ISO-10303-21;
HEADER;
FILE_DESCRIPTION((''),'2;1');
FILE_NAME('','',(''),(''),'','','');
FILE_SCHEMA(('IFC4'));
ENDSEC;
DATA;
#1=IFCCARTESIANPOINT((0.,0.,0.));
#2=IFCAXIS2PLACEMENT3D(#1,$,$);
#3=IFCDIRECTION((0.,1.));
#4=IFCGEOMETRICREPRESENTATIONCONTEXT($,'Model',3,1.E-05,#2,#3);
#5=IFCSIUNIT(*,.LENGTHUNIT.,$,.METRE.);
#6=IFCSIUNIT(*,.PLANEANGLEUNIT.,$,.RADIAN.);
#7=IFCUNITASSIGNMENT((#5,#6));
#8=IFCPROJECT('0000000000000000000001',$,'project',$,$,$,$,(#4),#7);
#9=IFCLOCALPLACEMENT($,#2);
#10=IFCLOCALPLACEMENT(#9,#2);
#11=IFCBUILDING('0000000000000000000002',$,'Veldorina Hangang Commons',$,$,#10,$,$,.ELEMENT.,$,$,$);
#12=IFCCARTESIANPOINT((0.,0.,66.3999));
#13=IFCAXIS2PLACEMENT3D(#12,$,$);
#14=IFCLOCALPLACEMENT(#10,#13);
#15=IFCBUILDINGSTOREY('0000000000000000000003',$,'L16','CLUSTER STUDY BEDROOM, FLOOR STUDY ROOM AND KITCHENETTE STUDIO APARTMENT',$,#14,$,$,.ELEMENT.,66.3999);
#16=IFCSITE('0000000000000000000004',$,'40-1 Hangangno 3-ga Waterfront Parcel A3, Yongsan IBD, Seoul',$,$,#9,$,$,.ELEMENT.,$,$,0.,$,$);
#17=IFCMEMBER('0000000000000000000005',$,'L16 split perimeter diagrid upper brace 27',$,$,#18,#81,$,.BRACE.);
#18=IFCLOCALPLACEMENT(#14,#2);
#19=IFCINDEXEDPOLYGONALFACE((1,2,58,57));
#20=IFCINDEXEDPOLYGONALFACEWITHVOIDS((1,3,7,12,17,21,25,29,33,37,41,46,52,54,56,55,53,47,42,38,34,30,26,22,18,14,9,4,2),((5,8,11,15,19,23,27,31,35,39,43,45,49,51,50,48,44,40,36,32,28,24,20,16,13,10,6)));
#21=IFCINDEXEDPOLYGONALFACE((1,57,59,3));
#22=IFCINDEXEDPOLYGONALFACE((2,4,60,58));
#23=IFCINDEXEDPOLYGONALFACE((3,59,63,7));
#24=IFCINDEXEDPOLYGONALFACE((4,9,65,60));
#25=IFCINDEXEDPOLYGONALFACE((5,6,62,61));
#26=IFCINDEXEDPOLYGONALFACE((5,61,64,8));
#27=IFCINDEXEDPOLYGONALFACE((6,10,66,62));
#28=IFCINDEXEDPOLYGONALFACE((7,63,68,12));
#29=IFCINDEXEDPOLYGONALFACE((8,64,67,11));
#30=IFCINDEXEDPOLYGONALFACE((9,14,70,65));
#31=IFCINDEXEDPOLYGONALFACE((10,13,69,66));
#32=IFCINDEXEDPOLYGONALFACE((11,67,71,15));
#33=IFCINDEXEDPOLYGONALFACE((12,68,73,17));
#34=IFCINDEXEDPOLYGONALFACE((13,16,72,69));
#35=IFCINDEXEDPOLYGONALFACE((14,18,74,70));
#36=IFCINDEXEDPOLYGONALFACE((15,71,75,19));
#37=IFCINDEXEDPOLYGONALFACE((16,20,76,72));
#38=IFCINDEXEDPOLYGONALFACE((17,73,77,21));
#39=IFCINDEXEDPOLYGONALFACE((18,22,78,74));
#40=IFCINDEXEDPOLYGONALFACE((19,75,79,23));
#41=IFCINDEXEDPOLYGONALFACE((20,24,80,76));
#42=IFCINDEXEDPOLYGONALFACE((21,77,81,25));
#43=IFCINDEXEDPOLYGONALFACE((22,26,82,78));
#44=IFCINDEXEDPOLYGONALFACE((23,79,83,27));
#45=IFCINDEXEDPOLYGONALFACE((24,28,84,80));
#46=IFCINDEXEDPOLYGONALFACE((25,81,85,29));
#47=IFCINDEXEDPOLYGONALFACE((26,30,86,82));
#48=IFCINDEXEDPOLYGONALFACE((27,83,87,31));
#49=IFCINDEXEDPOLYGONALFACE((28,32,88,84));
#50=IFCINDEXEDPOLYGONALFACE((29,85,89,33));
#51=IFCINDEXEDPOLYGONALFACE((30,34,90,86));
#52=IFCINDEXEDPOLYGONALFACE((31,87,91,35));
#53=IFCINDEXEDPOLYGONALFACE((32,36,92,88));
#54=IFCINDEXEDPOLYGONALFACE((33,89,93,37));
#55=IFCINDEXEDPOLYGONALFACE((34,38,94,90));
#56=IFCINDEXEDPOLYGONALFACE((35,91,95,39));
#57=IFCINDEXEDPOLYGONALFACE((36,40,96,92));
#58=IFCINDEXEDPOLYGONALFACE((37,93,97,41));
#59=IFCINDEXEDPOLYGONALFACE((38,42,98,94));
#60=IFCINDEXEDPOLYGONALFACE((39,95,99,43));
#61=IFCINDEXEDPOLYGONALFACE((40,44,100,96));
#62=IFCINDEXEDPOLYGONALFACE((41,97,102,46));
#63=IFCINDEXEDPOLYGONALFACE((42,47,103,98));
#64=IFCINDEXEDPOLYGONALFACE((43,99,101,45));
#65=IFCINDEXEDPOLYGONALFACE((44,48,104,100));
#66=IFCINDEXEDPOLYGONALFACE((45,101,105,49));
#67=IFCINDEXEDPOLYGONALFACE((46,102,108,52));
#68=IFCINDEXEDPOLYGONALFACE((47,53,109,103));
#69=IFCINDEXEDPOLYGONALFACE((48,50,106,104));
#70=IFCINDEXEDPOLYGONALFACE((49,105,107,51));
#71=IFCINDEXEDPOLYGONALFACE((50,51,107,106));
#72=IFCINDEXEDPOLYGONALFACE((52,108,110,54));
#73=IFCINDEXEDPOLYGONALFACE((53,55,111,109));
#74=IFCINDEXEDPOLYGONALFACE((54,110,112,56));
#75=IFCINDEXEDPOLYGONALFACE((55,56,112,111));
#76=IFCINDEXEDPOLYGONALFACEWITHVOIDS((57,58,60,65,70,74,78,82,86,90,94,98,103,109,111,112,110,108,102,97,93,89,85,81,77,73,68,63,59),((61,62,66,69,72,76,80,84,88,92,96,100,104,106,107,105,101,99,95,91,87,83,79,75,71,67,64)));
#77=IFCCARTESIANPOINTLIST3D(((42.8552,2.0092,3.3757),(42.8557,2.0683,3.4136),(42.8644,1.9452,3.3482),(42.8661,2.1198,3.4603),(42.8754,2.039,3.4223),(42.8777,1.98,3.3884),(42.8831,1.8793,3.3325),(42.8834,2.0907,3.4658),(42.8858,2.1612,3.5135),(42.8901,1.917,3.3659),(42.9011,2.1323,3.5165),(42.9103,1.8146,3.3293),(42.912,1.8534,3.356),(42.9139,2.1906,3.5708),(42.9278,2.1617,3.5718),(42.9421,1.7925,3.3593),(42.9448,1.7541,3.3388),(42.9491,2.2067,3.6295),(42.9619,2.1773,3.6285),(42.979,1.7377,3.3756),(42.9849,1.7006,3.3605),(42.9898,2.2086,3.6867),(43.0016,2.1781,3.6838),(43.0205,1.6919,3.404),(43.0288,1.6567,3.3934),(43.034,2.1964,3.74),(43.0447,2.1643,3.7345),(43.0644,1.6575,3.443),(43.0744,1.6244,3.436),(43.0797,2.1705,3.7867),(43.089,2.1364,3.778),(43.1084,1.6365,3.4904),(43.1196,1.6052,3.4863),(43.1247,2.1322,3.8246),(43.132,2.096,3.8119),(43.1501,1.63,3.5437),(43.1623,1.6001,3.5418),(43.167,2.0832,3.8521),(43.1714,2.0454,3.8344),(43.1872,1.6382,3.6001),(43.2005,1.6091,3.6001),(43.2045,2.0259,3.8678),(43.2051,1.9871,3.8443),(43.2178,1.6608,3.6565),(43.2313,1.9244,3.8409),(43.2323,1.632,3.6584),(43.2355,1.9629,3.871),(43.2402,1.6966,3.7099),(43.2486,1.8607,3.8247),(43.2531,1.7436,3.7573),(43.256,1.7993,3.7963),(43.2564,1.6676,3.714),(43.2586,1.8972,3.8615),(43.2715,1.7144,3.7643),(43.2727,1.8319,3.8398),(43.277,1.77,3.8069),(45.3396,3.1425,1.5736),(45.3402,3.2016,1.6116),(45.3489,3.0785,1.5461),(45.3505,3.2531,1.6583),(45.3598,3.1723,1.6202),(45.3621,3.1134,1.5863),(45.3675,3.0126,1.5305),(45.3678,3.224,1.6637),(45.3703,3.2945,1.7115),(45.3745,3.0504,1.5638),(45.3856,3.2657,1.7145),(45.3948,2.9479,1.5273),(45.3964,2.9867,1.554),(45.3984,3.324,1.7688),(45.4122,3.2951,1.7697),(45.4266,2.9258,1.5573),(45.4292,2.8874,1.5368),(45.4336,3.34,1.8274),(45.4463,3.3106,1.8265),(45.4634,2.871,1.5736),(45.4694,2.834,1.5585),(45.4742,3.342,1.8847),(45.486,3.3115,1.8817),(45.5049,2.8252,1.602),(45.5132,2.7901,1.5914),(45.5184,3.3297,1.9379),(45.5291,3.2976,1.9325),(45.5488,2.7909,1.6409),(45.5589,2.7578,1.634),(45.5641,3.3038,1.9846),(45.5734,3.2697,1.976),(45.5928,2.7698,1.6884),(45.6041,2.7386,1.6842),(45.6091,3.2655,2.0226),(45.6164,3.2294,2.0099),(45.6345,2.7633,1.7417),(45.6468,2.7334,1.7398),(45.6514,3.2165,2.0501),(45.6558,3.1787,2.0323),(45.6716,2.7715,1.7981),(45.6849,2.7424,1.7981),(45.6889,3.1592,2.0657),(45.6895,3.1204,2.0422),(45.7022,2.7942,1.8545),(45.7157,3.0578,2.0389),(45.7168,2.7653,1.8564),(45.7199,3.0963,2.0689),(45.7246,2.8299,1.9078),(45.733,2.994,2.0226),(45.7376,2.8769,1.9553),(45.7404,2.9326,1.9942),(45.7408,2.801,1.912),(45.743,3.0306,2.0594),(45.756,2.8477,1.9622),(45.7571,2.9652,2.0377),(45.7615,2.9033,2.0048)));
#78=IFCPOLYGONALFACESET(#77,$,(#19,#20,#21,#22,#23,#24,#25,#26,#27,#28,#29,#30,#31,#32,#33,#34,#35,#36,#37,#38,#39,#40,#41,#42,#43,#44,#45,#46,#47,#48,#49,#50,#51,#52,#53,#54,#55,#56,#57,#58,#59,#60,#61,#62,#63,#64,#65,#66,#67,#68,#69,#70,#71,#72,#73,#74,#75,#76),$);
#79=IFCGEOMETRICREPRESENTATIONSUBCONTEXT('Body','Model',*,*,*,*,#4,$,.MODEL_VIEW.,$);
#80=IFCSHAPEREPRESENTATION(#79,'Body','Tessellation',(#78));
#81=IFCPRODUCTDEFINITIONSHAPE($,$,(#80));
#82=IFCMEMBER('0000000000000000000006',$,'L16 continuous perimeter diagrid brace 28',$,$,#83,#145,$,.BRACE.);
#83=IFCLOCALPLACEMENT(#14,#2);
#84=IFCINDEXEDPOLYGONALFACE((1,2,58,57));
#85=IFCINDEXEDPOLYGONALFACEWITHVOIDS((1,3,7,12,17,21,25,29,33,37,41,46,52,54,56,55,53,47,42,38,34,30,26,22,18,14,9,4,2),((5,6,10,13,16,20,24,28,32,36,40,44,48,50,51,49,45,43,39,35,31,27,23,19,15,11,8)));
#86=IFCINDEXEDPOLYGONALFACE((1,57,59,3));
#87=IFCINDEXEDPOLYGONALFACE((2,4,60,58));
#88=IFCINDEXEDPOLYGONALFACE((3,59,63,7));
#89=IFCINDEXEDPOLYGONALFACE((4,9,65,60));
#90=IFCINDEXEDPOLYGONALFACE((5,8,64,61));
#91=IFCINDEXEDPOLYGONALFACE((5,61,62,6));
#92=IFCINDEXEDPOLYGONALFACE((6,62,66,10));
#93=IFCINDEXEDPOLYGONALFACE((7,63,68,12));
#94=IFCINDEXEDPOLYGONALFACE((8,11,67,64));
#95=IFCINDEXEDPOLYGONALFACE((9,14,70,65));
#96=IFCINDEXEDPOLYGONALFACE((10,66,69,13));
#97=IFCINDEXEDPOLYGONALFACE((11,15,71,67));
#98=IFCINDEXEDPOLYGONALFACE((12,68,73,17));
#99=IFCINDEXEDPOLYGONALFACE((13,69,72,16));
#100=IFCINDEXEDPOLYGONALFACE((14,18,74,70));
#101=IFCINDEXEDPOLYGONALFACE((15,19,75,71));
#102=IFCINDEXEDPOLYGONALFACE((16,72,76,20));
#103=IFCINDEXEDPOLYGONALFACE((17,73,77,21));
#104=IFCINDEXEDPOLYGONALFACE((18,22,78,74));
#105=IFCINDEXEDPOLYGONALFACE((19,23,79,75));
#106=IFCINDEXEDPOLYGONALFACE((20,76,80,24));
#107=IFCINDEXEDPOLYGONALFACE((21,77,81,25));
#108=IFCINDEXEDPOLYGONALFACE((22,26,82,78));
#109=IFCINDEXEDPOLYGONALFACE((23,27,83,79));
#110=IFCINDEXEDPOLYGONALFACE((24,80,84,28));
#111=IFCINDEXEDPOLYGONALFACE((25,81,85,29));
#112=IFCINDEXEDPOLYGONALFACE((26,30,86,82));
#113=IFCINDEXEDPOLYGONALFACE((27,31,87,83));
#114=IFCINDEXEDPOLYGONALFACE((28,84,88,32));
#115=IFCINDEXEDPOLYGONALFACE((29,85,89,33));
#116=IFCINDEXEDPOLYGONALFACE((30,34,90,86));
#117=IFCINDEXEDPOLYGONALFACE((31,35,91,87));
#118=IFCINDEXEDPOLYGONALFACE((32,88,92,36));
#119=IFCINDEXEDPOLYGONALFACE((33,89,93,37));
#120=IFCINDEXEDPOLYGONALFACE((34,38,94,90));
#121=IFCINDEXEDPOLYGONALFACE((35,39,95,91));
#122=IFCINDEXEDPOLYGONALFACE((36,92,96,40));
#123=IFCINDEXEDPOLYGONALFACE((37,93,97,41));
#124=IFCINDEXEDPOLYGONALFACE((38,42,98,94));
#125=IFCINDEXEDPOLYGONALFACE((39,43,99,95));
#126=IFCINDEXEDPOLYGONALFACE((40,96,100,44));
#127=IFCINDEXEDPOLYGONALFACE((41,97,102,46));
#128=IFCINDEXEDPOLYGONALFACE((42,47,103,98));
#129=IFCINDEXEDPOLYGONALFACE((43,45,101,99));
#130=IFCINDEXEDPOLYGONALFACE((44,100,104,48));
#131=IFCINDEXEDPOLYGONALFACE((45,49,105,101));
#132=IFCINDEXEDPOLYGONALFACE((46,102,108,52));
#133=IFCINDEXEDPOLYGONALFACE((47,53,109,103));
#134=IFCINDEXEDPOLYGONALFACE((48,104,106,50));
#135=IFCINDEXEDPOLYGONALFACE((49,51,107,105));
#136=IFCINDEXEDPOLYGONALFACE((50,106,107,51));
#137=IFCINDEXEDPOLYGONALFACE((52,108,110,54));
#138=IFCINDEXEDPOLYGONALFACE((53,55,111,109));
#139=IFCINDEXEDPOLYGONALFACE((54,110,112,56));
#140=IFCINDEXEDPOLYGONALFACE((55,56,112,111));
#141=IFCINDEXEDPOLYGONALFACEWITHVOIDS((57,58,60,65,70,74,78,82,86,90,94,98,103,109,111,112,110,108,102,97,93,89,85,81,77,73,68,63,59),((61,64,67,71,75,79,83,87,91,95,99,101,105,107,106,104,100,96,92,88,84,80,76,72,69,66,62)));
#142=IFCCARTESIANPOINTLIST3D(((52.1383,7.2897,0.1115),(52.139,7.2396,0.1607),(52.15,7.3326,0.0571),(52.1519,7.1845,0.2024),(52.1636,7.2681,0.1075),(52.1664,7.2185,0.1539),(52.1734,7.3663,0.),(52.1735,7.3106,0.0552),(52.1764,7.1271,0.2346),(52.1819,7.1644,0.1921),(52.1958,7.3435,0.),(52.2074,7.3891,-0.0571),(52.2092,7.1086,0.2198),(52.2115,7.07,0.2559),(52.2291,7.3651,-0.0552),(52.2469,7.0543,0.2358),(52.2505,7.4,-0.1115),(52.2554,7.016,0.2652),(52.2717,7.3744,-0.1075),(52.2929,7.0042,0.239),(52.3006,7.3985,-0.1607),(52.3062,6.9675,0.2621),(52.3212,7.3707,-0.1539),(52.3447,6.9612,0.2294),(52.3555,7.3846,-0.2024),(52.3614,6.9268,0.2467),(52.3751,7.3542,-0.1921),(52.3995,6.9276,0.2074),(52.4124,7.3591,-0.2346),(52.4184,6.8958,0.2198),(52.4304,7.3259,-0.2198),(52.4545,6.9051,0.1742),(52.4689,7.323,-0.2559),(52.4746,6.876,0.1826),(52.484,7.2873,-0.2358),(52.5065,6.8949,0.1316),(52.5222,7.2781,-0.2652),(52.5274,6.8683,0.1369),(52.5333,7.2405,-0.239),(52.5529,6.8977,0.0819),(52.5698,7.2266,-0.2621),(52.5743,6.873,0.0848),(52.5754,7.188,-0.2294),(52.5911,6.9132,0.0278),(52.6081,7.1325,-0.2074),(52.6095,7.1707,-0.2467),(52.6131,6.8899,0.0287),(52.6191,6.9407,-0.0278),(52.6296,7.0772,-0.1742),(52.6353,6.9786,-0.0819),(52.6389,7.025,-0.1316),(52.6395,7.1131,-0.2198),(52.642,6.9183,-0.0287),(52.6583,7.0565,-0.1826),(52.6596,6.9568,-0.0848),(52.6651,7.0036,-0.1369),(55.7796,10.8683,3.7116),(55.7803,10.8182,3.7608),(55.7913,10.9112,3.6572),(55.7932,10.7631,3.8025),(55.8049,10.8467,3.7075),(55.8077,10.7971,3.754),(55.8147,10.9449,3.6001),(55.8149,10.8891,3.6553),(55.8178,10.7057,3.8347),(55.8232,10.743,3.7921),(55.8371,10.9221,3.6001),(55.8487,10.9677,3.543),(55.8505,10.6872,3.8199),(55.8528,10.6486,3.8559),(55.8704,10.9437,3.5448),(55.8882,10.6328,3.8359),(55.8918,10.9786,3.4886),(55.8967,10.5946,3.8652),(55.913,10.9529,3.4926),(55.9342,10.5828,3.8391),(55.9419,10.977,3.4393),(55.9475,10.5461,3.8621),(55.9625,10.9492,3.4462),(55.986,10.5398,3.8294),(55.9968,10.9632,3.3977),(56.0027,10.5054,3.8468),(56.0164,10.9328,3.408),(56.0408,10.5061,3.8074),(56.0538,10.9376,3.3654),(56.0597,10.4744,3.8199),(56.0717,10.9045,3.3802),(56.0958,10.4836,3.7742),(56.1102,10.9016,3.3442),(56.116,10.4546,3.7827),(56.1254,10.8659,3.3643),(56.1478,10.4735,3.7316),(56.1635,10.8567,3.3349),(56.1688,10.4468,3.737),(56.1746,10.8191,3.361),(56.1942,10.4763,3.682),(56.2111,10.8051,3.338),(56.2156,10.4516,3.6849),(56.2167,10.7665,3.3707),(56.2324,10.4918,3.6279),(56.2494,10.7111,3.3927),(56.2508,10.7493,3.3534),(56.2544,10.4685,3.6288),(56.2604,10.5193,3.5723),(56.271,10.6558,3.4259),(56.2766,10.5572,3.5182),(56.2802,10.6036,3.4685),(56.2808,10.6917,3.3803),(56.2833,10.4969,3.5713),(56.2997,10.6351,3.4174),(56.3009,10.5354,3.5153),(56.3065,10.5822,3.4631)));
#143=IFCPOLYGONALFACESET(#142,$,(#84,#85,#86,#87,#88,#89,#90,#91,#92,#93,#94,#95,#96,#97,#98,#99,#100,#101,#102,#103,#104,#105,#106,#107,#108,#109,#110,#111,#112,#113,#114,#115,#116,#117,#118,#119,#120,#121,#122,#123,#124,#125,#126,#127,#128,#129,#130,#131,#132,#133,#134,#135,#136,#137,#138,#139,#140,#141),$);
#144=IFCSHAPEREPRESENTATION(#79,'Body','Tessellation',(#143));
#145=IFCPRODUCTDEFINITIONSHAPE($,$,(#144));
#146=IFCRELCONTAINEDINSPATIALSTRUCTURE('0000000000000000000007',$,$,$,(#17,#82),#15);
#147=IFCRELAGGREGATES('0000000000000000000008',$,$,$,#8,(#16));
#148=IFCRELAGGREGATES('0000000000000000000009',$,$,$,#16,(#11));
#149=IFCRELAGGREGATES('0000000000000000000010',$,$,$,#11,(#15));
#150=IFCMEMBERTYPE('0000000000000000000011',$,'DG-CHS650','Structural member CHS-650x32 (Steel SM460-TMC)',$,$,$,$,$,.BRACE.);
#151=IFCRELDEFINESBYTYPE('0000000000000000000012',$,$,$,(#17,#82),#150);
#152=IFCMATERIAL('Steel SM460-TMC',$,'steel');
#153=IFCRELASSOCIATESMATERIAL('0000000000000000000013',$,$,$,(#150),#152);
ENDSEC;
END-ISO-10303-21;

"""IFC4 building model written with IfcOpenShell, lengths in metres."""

from ifc_helpers import new_model, si_unit, direction, frame, origin, origin_2d, place, context, subcontext, project, spatial, hollow_circle, extrude, material, material_profile, profile_set, type_object, element, save


model = new_model("IFC4")

# Units and contexts
model_context = context("Model", 3, precision=1e-05, world=origin(), true_north=direction((0.0, 1.0)))
body_context = subcontext(model_context, "Body", "Model", "MODEL_VIEW")
ifc_project = project(units=[si_unit("LENGTHUNIT", "METRE"), si_unit("PLANEANGLEUNIT", "RADIAN")], contexts=[model_context])

# Site, building, storey
site_placement = place(None, origin())
site = spatial("IfcSite", under=ifc_project, at=site_placement, Name="40-1 Hangangno 3-ga Waterfront Parcel A3, Yongsan IBD, Seoul", CompositionType="ELEMENT", RefElevation=0.0)
building_placement = place(site_placement, origin())
building = spatial("IfcBuilding", under=site, at=building_placement, Name="Veldorina Hangang Commons", CompositionType="ELEMENT")
storey_placement = place(building_placement, frame((0.0, 0.0, 66.3999)))
storey = spatial("IfcBuildingStorey", under=building, at=storey_placement, Name="L16", Description="CLUSTER STUDY BEDROOM, FLOOR STUDY ROOM AND KITCHENETTE STUDIO APARTMENT", CompositionType="ELEMENT", Elevation=66.3999)

# Members
ifc_material_1 = material(Name="Steel SM460-TMC", Category="steel")
ifc_material_profile_1 = material_profile(ifc_material_1, hollow_circle(Radius=0.325, WallThickness=0.032, at=origin_2d()), Name="CHS-650x32")
ifc_profile_set_1 = profile_set([ifc_material_profile_1], Name="Steel SM460-TMC")
member_type_1 = type_object("IfcMemberType", Name="DG-CHS650", Description="Structural member CHS-650x32 (Steel SM460-TMC)", PredefinedType="BRACE", material=ifc_profile_set_1)
member_1_placement = place(storey_placement, frame((45.55, 3.0381, 1.7981), z_axis=(-0.759364, -0.3464, 0.550793), x_axis=(0.415029, -0.909808, 0.0)))
element("IfcMember", 1, at=member_1_placement, inside=storey, type_object=member_type_1, Name="L16 split perimeter diagrid upper brace 27", PredefinedType="BRACE", context=body_context, shape_type="SweptSolid", body=[
    extrude(hollow_circle(Radius=0.325, WallThickness=0.032, at=origin_2d()), origin(), (0.0, 0.0, 1.0), 3.2717),
])
member_2_placement = place(storey_placement, frame((52.4011, 7.1345, 0.0), z_axis=(0.582885, 0.572841, 0.57628), x_axis=(-0.700935, 0.713225, 0.0)))
element("IfcMember", 2, at=member_2_placement, inside=storey, type_object=member_type_1, Name="L16 continuous perimeter diagrid brace 28", PredefinedType="BRACE", context=body_context, shape_type="SweptSolid", body=[
    extrude(hollow_circle(Radius=0.325, WallThickness=0.032, at=origin_2d()), origin(), (0.0, 0.0, 1.0), 6.2471),
])

save(model, "model.ifc")
